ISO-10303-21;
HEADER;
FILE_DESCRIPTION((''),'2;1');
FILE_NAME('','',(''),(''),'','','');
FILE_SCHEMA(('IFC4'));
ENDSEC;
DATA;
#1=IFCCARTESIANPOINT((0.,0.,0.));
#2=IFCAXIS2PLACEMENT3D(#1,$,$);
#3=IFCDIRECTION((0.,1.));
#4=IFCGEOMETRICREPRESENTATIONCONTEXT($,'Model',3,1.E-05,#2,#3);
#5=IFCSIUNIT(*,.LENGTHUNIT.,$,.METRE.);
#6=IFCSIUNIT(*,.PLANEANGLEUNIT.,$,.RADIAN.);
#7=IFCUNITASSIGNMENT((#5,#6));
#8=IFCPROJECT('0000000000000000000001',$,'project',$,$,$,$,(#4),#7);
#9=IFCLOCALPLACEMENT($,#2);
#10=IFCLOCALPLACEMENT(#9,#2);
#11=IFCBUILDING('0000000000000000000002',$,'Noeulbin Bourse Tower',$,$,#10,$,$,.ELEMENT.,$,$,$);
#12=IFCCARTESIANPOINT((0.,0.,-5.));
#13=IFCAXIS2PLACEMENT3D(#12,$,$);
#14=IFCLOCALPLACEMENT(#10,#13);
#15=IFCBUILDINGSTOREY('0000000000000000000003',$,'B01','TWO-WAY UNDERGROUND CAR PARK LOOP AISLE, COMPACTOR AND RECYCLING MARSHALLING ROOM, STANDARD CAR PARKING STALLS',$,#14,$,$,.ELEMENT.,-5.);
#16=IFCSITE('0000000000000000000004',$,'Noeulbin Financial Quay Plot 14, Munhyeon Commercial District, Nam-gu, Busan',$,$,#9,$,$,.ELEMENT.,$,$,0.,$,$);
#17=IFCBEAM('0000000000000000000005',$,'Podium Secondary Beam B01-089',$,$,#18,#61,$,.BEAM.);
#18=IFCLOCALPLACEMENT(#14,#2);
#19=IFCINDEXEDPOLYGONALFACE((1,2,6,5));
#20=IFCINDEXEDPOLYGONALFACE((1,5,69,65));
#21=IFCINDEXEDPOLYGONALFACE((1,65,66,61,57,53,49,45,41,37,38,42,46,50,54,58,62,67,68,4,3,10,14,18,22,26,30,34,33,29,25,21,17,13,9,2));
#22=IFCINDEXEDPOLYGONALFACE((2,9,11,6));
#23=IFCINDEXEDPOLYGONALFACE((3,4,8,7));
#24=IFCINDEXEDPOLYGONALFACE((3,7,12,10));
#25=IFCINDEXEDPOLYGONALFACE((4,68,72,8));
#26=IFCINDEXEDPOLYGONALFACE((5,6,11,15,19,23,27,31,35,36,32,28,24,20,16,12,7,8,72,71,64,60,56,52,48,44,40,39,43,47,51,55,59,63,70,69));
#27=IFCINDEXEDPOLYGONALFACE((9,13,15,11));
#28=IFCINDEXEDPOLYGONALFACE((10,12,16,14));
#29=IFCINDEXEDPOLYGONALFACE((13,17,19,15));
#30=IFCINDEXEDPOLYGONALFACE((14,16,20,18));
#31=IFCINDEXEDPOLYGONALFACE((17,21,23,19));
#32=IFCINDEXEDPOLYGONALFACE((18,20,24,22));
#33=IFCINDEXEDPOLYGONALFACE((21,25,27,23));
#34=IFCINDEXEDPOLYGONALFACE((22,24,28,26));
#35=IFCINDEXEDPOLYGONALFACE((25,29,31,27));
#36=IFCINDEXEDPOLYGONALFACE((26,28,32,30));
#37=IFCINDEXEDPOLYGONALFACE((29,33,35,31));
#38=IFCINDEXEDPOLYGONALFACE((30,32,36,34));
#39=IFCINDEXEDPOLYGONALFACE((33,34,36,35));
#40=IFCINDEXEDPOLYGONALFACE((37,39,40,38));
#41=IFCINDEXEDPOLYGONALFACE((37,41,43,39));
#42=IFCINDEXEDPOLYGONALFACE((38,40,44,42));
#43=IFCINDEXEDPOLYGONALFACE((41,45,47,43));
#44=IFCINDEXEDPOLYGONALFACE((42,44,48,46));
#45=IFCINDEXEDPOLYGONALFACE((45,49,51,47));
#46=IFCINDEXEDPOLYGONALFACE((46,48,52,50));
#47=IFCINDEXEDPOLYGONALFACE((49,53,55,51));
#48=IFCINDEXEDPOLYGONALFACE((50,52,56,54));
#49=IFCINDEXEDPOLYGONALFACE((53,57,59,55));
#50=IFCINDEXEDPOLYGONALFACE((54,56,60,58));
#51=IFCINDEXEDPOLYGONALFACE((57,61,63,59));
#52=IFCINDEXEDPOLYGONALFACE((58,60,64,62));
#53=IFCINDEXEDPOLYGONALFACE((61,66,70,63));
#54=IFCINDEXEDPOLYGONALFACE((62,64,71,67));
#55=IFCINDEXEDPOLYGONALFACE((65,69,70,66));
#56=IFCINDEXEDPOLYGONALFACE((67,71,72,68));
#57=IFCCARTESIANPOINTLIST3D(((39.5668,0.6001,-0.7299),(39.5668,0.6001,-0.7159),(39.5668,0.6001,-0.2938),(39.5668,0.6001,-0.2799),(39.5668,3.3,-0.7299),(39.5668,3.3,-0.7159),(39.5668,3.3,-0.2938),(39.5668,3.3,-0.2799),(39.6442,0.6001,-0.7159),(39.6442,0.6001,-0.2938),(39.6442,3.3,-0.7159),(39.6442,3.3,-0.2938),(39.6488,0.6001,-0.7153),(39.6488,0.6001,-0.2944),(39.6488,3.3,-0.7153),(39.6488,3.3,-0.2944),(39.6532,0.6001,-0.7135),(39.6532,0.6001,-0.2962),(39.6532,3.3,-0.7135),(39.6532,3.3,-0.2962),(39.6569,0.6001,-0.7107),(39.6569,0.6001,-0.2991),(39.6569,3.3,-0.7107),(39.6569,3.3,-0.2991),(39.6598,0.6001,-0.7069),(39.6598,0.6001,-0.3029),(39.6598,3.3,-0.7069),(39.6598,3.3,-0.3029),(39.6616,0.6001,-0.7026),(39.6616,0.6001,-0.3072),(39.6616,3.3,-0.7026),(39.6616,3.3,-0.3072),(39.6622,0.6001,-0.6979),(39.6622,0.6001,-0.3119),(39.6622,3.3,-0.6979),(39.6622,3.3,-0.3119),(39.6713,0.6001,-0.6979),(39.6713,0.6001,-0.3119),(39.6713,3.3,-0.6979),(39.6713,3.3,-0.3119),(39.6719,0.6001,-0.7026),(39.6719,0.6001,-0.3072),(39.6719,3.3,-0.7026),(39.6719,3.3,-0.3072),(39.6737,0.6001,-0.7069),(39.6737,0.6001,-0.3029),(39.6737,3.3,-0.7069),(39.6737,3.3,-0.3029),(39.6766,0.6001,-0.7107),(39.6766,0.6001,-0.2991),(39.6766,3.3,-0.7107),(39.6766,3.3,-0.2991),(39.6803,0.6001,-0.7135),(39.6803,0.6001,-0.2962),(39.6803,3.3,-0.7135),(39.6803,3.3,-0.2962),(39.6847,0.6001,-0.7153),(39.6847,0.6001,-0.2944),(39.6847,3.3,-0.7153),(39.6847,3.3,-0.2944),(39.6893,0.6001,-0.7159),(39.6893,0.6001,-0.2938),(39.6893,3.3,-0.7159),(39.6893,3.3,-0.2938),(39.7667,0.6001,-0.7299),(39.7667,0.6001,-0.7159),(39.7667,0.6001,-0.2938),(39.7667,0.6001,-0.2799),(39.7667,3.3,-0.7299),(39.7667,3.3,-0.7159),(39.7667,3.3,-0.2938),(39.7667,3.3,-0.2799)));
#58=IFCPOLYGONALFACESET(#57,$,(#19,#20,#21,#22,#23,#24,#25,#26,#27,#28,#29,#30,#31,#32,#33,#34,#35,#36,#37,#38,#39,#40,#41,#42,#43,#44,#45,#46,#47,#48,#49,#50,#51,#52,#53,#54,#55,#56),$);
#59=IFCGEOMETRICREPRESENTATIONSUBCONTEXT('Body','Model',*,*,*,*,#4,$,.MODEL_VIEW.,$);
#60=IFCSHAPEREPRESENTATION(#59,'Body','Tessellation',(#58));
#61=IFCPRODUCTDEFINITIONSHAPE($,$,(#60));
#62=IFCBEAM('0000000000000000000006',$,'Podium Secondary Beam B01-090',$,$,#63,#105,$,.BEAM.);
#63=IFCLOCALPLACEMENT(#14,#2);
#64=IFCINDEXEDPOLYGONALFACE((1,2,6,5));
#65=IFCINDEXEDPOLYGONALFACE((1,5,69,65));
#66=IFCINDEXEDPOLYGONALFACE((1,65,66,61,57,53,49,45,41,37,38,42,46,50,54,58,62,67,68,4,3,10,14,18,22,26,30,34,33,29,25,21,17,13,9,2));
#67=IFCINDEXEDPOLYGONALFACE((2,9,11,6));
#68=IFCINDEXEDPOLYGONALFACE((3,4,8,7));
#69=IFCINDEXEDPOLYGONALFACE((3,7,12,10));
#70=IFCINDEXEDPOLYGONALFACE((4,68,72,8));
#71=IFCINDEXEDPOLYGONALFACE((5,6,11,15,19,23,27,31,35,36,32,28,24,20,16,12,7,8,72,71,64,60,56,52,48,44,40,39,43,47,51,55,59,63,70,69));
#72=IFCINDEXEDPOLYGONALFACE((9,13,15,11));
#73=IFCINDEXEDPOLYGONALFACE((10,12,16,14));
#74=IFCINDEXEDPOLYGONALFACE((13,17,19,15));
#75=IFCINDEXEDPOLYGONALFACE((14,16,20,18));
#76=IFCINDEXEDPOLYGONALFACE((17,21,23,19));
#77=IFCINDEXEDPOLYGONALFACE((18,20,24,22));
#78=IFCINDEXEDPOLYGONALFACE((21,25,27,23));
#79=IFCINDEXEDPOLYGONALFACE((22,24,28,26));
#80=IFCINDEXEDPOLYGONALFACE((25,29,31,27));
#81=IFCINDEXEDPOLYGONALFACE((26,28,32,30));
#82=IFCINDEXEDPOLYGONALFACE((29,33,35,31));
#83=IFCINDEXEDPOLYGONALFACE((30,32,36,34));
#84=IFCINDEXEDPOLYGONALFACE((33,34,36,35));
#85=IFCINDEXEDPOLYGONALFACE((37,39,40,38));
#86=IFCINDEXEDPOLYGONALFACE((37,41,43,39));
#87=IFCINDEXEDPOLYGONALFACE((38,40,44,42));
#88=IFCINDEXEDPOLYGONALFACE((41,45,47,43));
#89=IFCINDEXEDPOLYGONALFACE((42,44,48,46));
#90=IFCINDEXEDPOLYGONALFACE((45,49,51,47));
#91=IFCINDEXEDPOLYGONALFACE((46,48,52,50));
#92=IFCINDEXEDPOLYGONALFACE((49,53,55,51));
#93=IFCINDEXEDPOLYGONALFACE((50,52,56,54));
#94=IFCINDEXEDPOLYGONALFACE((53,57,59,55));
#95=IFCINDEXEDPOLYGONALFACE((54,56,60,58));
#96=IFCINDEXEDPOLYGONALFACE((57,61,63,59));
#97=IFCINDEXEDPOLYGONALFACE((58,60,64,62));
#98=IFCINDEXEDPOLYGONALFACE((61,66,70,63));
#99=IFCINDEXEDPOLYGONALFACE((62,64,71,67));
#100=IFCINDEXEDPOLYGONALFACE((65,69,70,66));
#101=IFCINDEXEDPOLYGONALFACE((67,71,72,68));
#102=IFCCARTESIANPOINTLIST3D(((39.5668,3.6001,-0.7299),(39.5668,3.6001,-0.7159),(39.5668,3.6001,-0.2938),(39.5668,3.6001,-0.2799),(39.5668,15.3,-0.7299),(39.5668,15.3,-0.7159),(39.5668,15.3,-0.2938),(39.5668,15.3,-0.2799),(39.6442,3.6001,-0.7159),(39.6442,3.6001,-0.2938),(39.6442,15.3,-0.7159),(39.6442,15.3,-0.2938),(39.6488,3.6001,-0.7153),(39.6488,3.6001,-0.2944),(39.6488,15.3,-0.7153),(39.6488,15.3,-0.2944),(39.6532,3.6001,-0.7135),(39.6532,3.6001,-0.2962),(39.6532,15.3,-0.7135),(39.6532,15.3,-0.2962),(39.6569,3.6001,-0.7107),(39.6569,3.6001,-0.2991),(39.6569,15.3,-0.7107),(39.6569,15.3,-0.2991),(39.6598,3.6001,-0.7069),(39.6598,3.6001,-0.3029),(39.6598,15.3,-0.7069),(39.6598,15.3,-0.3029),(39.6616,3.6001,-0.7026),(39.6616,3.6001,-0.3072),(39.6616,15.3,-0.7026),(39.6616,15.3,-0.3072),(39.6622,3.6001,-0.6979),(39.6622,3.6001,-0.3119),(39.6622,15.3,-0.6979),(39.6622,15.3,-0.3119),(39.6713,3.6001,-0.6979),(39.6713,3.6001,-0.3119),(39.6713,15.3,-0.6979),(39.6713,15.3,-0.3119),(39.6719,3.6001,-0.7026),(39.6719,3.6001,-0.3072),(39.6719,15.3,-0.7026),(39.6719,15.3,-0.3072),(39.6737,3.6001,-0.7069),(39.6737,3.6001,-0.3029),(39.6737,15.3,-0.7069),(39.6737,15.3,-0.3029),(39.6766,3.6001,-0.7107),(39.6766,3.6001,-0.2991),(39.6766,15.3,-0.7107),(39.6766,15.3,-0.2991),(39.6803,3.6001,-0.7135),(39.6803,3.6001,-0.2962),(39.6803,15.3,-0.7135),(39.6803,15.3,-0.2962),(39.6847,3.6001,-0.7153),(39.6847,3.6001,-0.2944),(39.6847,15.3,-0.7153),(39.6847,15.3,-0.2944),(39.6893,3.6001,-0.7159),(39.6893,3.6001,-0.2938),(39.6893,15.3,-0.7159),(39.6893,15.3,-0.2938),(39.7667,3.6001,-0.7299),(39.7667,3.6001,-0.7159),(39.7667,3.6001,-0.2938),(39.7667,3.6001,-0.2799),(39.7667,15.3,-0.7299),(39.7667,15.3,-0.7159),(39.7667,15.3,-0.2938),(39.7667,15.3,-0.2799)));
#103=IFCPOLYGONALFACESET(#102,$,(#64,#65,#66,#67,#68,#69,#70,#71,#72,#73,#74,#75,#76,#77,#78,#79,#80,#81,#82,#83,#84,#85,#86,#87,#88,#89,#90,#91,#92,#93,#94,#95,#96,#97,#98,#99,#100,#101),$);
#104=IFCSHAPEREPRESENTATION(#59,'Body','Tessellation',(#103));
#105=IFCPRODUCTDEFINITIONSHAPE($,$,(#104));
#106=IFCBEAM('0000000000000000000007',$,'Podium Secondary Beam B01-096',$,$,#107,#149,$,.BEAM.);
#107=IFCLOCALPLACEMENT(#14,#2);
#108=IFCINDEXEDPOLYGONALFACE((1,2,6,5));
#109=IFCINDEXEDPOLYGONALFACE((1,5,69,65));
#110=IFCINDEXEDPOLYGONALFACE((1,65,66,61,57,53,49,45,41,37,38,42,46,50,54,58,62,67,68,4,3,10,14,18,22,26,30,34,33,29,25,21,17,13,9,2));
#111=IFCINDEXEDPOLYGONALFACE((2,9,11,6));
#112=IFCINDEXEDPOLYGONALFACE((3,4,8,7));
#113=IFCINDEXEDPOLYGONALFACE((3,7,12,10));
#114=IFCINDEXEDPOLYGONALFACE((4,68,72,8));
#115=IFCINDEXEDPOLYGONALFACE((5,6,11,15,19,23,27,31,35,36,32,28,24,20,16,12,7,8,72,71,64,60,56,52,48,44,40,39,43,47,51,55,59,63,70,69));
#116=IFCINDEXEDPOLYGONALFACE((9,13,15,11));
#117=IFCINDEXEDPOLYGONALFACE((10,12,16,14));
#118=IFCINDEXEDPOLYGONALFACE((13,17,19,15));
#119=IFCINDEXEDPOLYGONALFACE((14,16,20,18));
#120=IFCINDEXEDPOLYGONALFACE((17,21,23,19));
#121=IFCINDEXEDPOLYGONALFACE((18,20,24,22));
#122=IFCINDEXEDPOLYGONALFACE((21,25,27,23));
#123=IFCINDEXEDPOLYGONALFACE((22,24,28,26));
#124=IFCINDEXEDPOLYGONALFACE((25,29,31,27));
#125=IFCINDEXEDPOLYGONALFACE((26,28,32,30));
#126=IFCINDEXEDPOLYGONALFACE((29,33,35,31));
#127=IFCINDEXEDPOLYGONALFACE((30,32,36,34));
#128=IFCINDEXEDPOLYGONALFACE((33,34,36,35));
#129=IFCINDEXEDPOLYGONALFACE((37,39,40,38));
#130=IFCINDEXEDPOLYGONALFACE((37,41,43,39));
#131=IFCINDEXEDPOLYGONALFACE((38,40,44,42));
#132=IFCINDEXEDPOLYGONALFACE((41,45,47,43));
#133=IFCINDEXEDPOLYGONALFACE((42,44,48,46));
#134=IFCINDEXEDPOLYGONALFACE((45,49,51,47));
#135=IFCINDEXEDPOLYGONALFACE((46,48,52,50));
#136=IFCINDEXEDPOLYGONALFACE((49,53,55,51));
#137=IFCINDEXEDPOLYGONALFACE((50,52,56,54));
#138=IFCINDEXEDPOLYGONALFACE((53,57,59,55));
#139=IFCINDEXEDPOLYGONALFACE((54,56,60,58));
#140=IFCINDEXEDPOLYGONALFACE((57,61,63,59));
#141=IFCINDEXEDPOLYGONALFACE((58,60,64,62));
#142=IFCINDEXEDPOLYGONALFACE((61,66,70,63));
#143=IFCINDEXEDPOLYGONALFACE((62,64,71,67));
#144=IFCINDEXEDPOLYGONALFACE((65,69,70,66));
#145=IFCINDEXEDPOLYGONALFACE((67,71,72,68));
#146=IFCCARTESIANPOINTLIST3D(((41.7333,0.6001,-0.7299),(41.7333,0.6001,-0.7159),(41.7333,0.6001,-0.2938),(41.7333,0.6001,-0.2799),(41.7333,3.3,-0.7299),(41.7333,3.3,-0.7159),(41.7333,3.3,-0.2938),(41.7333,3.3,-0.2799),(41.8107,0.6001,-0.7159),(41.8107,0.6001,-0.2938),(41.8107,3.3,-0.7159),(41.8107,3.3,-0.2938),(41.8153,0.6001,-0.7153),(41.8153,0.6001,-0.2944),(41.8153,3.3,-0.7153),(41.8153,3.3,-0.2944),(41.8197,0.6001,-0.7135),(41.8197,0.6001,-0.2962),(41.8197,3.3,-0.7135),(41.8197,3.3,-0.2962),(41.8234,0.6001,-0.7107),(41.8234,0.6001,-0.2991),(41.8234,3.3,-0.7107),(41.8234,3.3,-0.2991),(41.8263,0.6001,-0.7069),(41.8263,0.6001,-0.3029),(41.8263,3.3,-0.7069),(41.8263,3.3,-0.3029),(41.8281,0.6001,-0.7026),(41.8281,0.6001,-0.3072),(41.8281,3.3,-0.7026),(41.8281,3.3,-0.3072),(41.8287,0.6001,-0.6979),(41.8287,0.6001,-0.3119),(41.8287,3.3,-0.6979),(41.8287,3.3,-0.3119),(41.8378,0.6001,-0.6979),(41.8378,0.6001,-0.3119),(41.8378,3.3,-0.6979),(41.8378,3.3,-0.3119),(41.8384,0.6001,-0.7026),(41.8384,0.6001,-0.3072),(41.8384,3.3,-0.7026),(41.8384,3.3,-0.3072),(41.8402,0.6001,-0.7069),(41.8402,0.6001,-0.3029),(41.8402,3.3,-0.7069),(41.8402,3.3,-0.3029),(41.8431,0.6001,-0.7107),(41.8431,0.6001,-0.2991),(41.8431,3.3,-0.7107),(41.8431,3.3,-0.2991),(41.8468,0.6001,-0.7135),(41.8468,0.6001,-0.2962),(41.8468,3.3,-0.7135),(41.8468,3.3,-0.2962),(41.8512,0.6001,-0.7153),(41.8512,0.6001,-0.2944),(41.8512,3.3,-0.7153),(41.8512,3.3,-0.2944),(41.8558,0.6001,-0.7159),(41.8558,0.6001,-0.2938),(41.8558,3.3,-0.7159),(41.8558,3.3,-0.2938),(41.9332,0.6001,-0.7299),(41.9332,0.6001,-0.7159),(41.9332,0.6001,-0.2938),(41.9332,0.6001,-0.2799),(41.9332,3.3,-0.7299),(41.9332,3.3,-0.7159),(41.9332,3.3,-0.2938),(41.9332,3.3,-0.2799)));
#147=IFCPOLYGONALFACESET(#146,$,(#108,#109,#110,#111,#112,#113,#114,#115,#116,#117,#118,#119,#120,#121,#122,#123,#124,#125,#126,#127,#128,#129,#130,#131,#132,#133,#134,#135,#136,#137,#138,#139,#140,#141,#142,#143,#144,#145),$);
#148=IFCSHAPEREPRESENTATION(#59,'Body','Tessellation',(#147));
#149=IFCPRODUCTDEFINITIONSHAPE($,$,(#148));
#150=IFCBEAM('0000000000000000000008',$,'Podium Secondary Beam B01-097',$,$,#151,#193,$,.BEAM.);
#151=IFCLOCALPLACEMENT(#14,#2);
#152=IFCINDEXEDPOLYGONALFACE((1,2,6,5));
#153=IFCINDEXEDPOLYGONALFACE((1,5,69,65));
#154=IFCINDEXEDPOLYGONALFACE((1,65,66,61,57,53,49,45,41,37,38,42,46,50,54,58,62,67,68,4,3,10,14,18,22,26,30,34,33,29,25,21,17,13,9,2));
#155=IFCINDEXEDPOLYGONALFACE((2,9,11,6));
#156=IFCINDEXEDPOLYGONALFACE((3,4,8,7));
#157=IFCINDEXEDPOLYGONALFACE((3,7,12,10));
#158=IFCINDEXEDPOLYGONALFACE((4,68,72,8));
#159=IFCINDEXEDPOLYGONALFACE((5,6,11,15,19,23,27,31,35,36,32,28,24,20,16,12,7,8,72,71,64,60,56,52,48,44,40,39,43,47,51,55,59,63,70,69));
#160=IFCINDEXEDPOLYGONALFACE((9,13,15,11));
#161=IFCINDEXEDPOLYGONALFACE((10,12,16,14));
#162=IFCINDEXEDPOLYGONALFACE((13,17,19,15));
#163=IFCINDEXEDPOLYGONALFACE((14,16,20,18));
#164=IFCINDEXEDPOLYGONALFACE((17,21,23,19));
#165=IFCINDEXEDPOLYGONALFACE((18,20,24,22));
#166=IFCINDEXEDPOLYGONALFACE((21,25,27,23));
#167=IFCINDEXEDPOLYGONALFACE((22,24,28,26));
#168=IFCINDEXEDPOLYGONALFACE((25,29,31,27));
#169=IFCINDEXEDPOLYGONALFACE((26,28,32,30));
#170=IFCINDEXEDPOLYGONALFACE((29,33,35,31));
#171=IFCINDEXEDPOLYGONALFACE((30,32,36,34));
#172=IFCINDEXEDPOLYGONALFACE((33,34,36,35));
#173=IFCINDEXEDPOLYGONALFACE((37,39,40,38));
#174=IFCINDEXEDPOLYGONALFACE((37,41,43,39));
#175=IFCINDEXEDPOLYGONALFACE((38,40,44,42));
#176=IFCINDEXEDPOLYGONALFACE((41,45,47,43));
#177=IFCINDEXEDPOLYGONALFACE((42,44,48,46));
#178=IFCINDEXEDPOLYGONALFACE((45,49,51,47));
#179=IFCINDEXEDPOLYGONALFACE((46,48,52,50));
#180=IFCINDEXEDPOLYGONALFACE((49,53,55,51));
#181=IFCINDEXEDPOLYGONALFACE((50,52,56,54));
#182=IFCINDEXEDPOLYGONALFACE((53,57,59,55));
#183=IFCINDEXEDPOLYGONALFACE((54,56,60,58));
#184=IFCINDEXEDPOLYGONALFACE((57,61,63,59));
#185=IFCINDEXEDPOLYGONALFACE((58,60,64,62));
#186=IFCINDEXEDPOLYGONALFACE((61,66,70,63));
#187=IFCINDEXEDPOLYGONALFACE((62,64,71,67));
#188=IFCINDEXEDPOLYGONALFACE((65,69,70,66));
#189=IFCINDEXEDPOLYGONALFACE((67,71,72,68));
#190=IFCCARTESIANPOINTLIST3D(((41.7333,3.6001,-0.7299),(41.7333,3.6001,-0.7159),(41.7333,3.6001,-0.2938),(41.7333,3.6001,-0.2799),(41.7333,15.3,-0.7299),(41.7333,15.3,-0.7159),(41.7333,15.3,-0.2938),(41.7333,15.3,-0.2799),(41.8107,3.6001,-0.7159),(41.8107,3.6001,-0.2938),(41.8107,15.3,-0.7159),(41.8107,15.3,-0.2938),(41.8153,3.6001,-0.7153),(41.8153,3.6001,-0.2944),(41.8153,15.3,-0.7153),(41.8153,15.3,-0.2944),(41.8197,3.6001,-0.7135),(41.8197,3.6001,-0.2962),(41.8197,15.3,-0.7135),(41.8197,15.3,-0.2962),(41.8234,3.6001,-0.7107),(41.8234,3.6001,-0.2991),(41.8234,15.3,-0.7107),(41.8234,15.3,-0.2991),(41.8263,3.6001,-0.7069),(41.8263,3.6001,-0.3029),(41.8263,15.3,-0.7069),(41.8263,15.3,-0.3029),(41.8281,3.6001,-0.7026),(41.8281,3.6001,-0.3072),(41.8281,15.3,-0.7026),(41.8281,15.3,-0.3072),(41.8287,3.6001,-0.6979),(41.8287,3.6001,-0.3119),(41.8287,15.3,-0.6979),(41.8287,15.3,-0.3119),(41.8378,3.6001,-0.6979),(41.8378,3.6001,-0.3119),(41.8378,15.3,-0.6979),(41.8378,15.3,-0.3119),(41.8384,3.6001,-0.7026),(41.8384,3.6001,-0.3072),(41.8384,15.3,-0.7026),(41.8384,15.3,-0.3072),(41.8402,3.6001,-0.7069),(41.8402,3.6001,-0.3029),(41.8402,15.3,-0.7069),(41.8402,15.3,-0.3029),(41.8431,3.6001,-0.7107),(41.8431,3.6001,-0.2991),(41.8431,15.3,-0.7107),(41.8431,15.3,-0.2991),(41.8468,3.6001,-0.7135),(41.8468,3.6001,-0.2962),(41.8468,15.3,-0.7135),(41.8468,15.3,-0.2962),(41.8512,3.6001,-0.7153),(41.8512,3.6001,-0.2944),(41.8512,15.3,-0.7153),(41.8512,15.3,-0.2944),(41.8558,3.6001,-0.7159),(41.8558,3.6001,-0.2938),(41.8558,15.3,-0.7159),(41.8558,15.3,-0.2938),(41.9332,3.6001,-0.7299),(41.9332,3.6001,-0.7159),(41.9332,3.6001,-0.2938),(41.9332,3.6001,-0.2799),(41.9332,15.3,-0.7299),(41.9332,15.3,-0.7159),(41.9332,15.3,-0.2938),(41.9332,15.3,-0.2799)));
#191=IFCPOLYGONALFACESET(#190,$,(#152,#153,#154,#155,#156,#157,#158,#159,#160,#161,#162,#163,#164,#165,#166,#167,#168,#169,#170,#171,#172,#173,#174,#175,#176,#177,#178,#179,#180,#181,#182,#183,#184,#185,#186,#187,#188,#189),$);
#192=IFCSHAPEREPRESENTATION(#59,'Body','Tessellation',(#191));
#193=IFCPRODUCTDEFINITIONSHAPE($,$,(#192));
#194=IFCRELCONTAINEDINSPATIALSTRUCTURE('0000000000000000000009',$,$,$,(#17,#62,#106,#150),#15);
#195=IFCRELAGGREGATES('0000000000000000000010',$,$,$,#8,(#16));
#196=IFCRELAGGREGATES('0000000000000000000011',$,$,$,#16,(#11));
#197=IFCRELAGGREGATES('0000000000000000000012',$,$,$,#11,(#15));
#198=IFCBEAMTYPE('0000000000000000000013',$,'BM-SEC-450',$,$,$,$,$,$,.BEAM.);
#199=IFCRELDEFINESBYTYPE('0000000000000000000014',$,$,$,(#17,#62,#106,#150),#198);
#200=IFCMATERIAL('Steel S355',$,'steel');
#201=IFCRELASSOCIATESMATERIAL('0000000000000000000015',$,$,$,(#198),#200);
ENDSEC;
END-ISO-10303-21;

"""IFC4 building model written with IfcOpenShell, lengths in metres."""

from ifc_helpers import new_model, si_unit, direction, frame, origin, origin_2d, place, context, subcontext, project, spatial, i_section, extrude, material, material_profile, profile_set, type_object, element, save


model = new_model("IFC4")

# Units and contexts
model_context = context("Model", 3, precision=1e-05, world=origin(), true_north=direction((0.0, 1.0)))
body_context = subcontext(model_context, "Body", "Model", "MODEL_VIEW")
ifc_project = project(units=[si_unit("LENGTHUNIT", "METRE"), si_unit("PLANEANGLEUNIT", "RADIAN")], contexts=[model_context])

# Site, building, storey
site_placement = place(None, origin())
site = spatial("IfcSite", under=ifc_project, at=site_placement, Name="Noeulbin Financial Quay Plot 14, Munhyeon Commercial District, Nam-gu, Busan", CompositionType="ELEMENT", RefElevation=0.0)
building_placement = place(site_placement, origin())
building = spatial("IfcBuilding", under=site, at=building_placement, Name="Noeulbin Bourse Tower", CompositionType="ELEMENT")
storey_placement = place(building_placement, frame((0.0, 0.0, -5.0)))
storey = spatial("IfcBuildingStorey", under=building, at=storey_placement, Name="B01", Description="TWO-WAY UNDERGROUND CAR PARK LOOP AISLE, COMPACTOR AND RECYCLING MARSHALLING ROOM, STANDARD CAR PARKING STALLS", CompositionType="ELEMENT", Elevation=-5.0)

# Beams
ifc_material_1 = material(Name="Steel S355", Category="steel")
ifc_material_profile_1 = material_profile(ifc_material_1, i_section(OverallWidth=0.2, OverallDepth=0.45, WebThickness=0.009, FlangeThickness=0.0139, FilletRadius=0.0181, at=origin_2d()), Name="H-450x200x9x14", Category="LoadBearing")
ifc_profile_set_1 = profile_set([ifc_material_profile_1], Name="Steel S355")
beam_type_1 = type_object("IfcBeamType", Name="BM-SEC-450", PredefinedType="BEAM", material=ifc_profile_set_1)
beam_1_placement = place(storey_placement, frame((39.6667, 0.6001, -0.5049), z_axis=(0.0, 1.0, 0.0), x_axis=(-1.0, 0.0, 0.0)))
element("IfcBeam", 1, at=beam_1_placement, inside=storey, type_object=beam_type_1, Name="Podium Secondary Beam B01-089", PredefinedType="BEAM", context=body_context, shape_type="SweptSolid", body=[
    extrude(i_section(OverallWidth=0.2, OverallDepth=0.45, WebThickness=0.009, FlangeThickness=0.0139, FilletRadius=0.0181, at=origin_2d()), origin(), (0.0, 0.0, 1.0), 2.7),
])
beam_2_placement = place(storey_placement, frame((39.6667, 3.6001, -0.5049), z_axis=(0.0, 1.0, 0.0), x_axis=(-1.0, 0.0, 0.0)))
element("IfcBeam", 2, at=beam_2_placement, inside=storey, type_object=beam_type_1, Name="Podium Secondary Beam B01-090", PredefinedType="BEAM", context=body_context, shape_type="SweptSolid", body=[
    extrude(i_section(OverallWidth=0.2, OverallDepth=0.45, WebThickness=0.009, FlangeThickness=0.0139, FilletRadius=0.0181, at=origin_2d()), origin(), (0.0, 0.0, 1.0), 11.7),
])
beam_3_placement = place(storey_placement, frame((41.8333, 0.6001, -0.5049), z_axis=(0.0, 1.0, 0.0), x_axis=(-1.0, 0.0, 0.0)))
element("IfcBeam", 3, at=beam_3_placement, inside=storey, type_object=beam_type_1, Name="Podium Secondary Beam B01-096", PredefinedType="BEAM", context=body_context, shape_type="SweptSolid", body=[
    extrude(i_section(OverallWidth=0.2, OverallDepth=0.45, WebThickness=0.009, FlangeThickness=0.0139, FilletRadius=0.0181, at=origin_2d()), origin(), (0.0, 0.0, 1.0), 2.7),
])
beam_4_placement = place(storey_placement, frame((41.8333, 3.6001, -0.5049), z_axis=(0.0, 1.0, 0.0), x_axis=(-1.0, 0.0, 0.0)))
element("IfcBeam", 4, at=beam_4_placement, inside=storey, type_object=beam_type_1, Name="Podium Secondary Beam B01-097", PredefinedType="BEAM", context=body_context, shape_type="SweptSolid", body=[
    extrude(i_section(OverallWidth=0.2, OverallDepth=0.45, WebThickness=0.009, FlangeThickness=0.0139, FilletRadius=0.0181, at=origin_2d()), origin(), (0.0, 0.0, 1.0), 11.7),
])

save(model, "model.ifc")
